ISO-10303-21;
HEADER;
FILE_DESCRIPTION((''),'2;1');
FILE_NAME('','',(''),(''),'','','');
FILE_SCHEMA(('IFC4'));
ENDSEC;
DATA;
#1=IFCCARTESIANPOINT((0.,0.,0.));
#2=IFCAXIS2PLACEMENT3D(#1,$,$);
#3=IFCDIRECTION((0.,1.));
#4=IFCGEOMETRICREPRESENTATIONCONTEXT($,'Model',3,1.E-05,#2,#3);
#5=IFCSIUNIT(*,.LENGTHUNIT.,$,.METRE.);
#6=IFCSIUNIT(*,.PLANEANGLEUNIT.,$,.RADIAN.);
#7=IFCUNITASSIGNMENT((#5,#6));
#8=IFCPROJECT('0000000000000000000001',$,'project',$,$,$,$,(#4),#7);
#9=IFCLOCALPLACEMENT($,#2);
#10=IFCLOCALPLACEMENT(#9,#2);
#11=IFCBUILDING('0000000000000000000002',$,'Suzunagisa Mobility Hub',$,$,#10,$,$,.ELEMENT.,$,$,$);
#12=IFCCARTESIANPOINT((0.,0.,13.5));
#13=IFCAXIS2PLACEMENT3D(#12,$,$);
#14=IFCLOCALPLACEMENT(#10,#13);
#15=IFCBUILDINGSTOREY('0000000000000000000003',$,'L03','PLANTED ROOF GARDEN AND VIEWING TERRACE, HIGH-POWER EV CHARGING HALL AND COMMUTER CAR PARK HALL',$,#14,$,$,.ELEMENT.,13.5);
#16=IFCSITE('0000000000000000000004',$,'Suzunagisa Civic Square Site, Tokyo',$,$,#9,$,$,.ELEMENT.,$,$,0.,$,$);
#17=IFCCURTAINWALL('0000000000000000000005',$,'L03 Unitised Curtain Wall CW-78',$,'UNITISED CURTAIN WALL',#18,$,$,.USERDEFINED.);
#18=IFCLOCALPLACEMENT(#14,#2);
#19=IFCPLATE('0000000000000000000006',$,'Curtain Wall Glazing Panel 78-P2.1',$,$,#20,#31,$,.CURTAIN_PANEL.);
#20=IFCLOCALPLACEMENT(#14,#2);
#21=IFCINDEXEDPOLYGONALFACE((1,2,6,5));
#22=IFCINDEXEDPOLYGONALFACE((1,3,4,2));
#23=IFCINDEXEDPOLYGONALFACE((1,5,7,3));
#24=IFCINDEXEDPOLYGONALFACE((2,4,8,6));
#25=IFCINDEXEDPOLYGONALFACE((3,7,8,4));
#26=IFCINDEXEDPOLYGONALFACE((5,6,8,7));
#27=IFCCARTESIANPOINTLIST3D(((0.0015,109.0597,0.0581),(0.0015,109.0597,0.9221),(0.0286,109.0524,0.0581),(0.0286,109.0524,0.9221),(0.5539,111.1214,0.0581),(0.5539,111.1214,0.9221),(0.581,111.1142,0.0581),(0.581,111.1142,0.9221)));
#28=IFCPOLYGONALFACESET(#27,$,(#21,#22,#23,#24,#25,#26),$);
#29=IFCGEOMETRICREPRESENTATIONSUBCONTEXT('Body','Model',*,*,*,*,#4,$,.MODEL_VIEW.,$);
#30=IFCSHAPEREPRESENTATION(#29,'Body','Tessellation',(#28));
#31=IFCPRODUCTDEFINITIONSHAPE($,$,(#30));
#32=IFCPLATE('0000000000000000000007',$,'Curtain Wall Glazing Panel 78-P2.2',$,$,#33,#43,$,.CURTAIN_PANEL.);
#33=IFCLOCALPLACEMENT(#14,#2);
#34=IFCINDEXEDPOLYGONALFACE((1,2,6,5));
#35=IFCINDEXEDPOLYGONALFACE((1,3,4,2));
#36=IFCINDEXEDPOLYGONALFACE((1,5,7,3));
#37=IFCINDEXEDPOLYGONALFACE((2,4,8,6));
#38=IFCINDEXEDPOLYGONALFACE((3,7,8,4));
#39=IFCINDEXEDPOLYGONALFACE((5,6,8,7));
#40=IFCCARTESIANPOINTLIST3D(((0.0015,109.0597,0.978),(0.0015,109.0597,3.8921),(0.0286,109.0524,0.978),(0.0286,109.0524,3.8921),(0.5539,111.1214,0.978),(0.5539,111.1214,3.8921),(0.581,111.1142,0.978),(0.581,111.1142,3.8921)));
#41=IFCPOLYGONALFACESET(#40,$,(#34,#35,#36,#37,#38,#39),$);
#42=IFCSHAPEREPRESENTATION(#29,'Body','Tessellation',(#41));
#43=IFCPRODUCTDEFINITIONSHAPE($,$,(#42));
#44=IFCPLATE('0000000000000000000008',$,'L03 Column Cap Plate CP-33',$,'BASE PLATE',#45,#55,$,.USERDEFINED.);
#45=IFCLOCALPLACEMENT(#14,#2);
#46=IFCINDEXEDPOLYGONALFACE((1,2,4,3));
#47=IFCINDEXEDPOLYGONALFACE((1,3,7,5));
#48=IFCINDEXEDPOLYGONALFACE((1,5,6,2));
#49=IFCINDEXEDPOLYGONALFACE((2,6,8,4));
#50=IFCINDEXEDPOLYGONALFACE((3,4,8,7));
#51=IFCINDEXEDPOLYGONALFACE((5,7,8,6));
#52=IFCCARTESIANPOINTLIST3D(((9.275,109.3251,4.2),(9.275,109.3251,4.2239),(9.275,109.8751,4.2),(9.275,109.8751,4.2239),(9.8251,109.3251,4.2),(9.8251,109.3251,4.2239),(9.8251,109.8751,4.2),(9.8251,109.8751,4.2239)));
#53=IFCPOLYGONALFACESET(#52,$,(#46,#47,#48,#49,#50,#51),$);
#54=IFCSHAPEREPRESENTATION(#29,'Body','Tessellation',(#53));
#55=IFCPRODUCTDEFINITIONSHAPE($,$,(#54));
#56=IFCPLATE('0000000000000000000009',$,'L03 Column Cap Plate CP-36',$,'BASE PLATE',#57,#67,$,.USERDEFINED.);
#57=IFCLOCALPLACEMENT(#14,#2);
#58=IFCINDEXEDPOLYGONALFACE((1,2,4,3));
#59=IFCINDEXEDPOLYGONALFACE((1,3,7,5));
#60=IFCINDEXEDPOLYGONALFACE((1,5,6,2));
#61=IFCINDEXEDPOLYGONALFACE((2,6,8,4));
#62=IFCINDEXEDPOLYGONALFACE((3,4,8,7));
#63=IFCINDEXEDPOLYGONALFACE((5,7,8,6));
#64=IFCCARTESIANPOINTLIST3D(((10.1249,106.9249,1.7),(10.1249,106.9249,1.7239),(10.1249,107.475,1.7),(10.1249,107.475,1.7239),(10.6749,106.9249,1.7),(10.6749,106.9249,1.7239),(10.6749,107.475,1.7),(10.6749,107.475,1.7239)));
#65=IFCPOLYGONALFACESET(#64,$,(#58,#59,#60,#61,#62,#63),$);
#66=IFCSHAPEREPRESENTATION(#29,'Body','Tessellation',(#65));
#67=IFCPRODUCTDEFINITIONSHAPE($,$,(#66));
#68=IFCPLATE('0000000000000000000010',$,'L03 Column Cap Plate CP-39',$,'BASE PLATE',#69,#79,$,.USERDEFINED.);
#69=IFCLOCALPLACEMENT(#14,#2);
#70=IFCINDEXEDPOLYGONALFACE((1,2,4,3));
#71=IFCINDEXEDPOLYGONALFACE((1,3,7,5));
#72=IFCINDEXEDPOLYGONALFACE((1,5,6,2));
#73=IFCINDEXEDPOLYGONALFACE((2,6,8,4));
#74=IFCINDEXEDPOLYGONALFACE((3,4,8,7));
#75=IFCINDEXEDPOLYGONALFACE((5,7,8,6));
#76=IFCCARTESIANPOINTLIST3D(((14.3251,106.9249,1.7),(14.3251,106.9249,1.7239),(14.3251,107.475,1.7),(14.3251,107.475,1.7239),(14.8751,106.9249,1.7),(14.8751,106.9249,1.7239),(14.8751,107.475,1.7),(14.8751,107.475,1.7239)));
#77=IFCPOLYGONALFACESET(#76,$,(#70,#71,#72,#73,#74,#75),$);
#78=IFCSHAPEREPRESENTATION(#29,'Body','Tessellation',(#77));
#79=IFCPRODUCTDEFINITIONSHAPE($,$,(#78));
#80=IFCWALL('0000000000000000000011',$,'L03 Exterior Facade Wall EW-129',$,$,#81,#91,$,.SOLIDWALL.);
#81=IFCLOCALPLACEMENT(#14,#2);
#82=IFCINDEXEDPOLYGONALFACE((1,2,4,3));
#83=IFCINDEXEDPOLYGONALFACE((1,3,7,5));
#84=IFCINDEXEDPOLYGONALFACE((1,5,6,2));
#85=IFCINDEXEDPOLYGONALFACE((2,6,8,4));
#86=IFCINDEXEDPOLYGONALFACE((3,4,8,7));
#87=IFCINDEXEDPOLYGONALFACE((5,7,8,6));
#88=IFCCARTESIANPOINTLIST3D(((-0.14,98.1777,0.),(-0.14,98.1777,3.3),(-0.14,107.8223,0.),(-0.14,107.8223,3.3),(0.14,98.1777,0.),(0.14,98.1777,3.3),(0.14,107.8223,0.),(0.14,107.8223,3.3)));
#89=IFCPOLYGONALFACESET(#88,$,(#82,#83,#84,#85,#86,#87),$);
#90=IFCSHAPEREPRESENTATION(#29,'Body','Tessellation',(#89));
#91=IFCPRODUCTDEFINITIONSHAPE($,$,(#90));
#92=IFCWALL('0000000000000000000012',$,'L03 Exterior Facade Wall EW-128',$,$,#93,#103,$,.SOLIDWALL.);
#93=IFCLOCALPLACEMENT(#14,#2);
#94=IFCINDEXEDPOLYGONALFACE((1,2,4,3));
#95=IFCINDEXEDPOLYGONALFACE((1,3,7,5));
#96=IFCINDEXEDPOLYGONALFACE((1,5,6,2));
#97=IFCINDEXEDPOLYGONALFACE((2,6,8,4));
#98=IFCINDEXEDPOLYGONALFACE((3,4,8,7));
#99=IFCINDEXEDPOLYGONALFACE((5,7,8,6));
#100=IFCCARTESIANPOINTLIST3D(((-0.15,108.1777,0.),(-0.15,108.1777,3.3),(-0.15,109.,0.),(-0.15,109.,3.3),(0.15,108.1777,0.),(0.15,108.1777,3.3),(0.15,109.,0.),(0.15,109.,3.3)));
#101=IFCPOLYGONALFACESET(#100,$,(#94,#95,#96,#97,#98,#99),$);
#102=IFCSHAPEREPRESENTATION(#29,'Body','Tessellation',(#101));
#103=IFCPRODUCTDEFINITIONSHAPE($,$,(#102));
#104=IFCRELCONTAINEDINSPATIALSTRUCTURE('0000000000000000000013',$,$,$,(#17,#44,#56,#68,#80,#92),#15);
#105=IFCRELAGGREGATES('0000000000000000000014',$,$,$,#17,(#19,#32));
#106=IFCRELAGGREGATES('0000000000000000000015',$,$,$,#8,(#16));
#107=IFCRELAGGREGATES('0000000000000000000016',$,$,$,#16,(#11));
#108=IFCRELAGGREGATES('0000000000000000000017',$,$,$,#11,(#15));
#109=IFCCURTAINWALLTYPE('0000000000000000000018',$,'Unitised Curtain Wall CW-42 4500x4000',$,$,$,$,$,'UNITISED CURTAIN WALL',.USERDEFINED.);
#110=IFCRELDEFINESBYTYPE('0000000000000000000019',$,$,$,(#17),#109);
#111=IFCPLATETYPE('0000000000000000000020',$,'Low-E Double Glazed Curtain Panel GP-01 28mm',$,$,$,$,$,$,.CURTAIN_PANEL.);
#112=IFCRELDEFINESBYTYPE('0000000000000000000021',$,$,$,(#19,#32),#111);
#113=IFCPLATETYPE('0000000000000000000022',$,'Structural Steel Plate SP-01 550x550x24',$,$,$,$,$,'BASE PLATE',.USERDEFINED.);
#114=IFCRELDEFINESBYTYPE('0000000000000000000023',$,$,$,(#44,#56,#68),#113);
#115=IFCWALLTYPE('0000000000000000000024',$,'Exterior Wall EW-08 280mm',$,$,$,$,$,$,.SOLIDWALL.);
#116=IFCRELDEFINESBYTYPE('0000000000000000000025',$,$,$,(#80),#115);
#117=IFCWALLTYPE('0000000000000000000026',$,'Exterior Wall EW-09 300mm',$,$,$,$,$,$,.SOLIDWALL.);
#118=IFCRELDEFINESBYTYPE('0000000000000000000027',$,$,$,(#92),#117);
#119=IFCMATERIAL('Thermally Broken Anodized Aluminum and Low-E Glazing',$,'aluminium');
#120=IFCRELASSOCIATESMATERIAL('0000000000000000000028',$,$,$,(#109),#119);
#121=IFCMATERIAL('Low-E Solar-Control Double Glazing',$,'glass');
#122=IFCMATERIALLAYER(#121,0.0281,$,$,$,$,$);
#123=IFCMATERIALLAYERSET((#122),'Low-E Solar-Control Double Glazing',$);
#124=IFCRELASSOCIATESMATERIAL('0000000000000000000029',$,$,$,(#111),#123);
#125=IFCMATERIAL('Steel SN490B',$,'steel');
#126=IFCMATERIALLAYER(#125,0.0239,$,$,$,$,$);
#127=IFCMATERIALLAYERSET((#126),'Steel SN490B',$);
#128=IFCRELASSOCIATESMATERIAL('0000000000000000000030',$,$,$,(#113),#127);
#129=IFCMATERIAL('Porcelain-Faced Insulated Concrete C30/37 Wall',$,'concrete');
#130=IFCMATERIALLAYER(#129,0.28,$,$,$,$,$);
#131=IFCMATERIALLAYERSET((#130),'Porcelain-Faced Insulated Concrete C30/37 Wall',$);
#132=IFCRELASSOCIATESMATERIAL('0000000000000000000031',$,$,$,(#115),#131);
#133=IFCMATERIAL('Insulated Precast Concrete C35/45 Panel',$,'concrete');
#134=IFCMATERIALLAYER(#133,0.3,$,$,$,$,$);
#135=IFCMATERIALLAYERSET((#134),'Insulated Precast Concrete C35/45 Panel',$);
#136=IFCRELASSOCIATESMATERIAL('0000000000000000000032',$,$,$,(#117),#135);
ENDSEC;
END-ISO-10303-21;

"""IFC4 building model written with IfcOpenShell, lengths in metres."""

from ifc_helpers import new_model, si_unit, direction, frame, frame_2d, origin, origin_2d, place, context, subcontext, project, spatial, rectangle, extrude, material, layer, layer_set, type_object, element, aggregate, save


model = new_model("IFC4")

# Units and contexts
model_context = context("Model", 3, precision=1e-05, world=origin(), true_north=direction((0.0, 1.0)))
body_context = subcontext(model_context, "Body", "Model", "MODEL_VIEW")
ifc_project = project(units=[si_unit("LENGTHUNIT", "METRE"), si_unit("PLANEANGLEUNIT", "RADIAN")], contexts=[model_context])

# Site, building, storey
site_placement = place(None, origin())
site = spatial("IfcSite", under=ifc_project, at=site_placement, Name="Suzunagisa Civic Square Site, Tokyo", CompositionType="ELEMENT", RefElevation=0.0)
building_placement = place(site_placement, origin())
building = spatial("IfcBuilding", under=site, at=building_placement, Name="Suzunagisa Mobility Hub", CompositionType="ELEMENT")
storey_placement = place(building_placement, frame((0.0, 0.0, 13.5)))
storey = spatial("IfcBuildingStorey", under=building, at=storey_placement, Name="L03", Description="PLANTED ROOF GARDEN AND VIEWING TERRACE, HIGH-POWER EV CHARGING HALL AND COMMUTER CAR PARK HALL", CompositionType="ELEMENT", Elevation=13.5)

# Shared definitions
ifc_material_1 = material(Name="Steel SN490B", Category="steel")

# Curtain wall
ifc_material_2 = material(Name="Thermally Broken Anodized Aluminum and Low-E Glazing", Category="aluminium")
curtain_wall_type = type_object("IfcCurtainWallType", Name="Unitised Curtain Wall CW-42 4500x4000", ElementType="UNITISED CURTAIN WALL", PredefinedType="USERDEFINED", material=ifc_material_2)
curtain_wall_placement = place(storey_placement, origin())
curtain_wall = element("IfcCurtainWall", 1, at=curtain_wall_placement, inside=storey, type_object=curtain_wall_type, Name="L03 Unitised Curtain Wall CW-78", ObjectType="UNITISED CURTAIN WALL", PredefinedType="USERDEFINED")

# Plates
ifc_material_3 = material(Name="Low-E Solar-Control Double Glazing", Category="glass")
ifc_layer_1 = layer(ifc_material_3, 0.0281)
ifc_layer_set_1 = layer_set([ifc_layer_1], Name="Low-E Solar-Control Double Glazing")
plate_type_1 = type_object("IfcPlateType", Name="Low-E Double Glazed Curtain Panel GP-01 28mm", PredefinedType="CURTAIN_PANEL", material=ifc_layer_set_1)
plate_1_placement = place(storey_placement, frame((0.2913, 110.0869, 0.0581), z_axis=(0.0, 0.0, 1.0), x_axis=(-0.258814, -0.965927, 0.0)))
plate_1 = element("IfcPlate", 2, at=plate_1_placement, type_object=plate_type_1, Name="Curtain Wall Glazing Panel 78-P2.1", PredefinedType="CURTAIN_PANEL", context=body_context, shape_type="SweptSolid", body=[
    extrude(rectangle(XDim=2.1345, YDim=0.0281, at=origin_2d()), origin(), (0.0, 0.0, 1.0), 0.864),
])
plate_2_placement = place(storey_placement, frame((0.2913, 110.0869, 0.978), z_axis=(0.0, 0.0, 1.0), x_axis=(-0.258814, -0.965927, 0.0)))
plate_2 = element("IfcPlate", 3, at=plate_2_placement, type_object=plate_type_1, Name="Curtain Wall Glazing Panel 78-P2.2", PredefinedType="CURTAIN_PANEL", context=body_context, shape_type="SweptSolid", body=[
    extrude(rectangle(XDim=2.1345, YDim=0.0281, at=origin_2d()), origin(), (0.0, 0.0, 1.0), 2.9141),
])
aggregate(curtain_wall, [plate_1, plate_2])

# Plates
ifc_layer_2 = layer(ifc_material_1, 0.0239)
ifc_layer_set_2 = layer_set([ifc_layer_2], Name="Steel SN490B")
plate_type_2 = type_object("IfcPlateType", Name="Structural Steel Plate SP-01 550x550x24", ElementType="BASE PLATE", PredefinedType="USERDEFINED", material=ifc_layer_set_2)
for number, where, z_axis, x_axis, name in (
    (4, (9.55, 109.6001, 4.2), (0.0, 0.0, 1.0), (1.0, 0.0, 0.0), "L03 Column Cap Plate CP-33"),
    (5, (10.3999, 107.2, 1.7), (0.0, 0.0, 1.0), (1.0, 0.0, 0.0), "L03 Column Cap Plate CP-36"),
    (6, (14.6001, 107.2, 1.7), (0.0, 0.0, 1.0), (1.0, 0.0, 0.0), "L03 Column Cap Plate CP-39"),
):
    element("IfcPlate", number, at=place(storey_placement, frame(where, z_axis=z_axis, x_axis=x_axis)), inside=storey, type_object=plate_type_2, Name=name, ObjectType="BASE PLATE", PredefinedType="USERDEFINED", context=body_context, shape_type="SweptSolid", body=[
        extrude(rectangle(XDim=0.55, YDim=0.55, at=origin_2d()), origin(), (0.0, 0.0, 1.0), 0.0239),
    ])

# Walls
ifc_material_4 = material(Name="Porcelain-Faced Insulated Concrete C30/37 Wall", Category="concrete")
ifc_layer_3 = layer(ifc_material_4, 0.28)
ifc_layer_set_3 = layer_set([ifc_layer_3], Name="Porcelain-Faced Insulated Concrete C30/37 Wall")
wall_type_1 = type_object("IfcWallType", Name="Exterior Wall EW-08 280mm", PredefinedType="SOLIDWALL", material=ifc_layer_set_3)
wall_1_placement = place(storey_placement, frame((0.0, 107.8223, 0.0), z_axis=(0.0, 0.0, 1.0), x_axis=(0.0, -1.0, 0.0)))
element("IfcWall", 7, at=wall_1_placement, inside=storey, type_object=wall_type_1, Name="L03 Exterior Facade Wall EW-129", PredefinedType="SOLIDWALL", context=body_context, shape_type="SweptSolid", body=[
    extrude(rectangle(XDim=9.6445, YDim=0.28, at=frame_2d((4.8223, 0.0))), origin(), (0.0, 0.0, 1.0), 3.3),
])
ifc_material_5 = material(Name="Insulated Precast Concrete C35/45 Panel", Category="concrete")
ifc_layer_4 = layer(ifc_material_5, 0.3)
ifc_layer_set_4 = layer_set([ifc_layer_4], Name="Insulated Precast Concrete C35/45 Panel")
wall_type_2 = type_object("IfcWallType", Name="Exterior Wall EW-09 300mm", PredefinedType="SOLIDWALL", material=ifc_layer_set_4)
wall_2_placement = place(storey_placement, frame((0.0, 109.0, 0.0), z_axis=(0.0, 0.0, 1.0), x_axis=(0.0, -1.0, 0.0)))
element("IfcWall", 8, at=wall_2_placement, inside=storey, type_object=wall_type_2, Name="L03 Exterior Facade Wall EW-128", PredefinedType="SOLIDWALL", context=body_context, shape_type="SweptSolid", body=[
    extrude(rectangle(XDim=0.8223, YDim=0.3, at=frame_2d((0.4111, 0.0))), origin(), (0.0, 0.0, 1.0), 3.3),
])

save(model, "model.ifc")
